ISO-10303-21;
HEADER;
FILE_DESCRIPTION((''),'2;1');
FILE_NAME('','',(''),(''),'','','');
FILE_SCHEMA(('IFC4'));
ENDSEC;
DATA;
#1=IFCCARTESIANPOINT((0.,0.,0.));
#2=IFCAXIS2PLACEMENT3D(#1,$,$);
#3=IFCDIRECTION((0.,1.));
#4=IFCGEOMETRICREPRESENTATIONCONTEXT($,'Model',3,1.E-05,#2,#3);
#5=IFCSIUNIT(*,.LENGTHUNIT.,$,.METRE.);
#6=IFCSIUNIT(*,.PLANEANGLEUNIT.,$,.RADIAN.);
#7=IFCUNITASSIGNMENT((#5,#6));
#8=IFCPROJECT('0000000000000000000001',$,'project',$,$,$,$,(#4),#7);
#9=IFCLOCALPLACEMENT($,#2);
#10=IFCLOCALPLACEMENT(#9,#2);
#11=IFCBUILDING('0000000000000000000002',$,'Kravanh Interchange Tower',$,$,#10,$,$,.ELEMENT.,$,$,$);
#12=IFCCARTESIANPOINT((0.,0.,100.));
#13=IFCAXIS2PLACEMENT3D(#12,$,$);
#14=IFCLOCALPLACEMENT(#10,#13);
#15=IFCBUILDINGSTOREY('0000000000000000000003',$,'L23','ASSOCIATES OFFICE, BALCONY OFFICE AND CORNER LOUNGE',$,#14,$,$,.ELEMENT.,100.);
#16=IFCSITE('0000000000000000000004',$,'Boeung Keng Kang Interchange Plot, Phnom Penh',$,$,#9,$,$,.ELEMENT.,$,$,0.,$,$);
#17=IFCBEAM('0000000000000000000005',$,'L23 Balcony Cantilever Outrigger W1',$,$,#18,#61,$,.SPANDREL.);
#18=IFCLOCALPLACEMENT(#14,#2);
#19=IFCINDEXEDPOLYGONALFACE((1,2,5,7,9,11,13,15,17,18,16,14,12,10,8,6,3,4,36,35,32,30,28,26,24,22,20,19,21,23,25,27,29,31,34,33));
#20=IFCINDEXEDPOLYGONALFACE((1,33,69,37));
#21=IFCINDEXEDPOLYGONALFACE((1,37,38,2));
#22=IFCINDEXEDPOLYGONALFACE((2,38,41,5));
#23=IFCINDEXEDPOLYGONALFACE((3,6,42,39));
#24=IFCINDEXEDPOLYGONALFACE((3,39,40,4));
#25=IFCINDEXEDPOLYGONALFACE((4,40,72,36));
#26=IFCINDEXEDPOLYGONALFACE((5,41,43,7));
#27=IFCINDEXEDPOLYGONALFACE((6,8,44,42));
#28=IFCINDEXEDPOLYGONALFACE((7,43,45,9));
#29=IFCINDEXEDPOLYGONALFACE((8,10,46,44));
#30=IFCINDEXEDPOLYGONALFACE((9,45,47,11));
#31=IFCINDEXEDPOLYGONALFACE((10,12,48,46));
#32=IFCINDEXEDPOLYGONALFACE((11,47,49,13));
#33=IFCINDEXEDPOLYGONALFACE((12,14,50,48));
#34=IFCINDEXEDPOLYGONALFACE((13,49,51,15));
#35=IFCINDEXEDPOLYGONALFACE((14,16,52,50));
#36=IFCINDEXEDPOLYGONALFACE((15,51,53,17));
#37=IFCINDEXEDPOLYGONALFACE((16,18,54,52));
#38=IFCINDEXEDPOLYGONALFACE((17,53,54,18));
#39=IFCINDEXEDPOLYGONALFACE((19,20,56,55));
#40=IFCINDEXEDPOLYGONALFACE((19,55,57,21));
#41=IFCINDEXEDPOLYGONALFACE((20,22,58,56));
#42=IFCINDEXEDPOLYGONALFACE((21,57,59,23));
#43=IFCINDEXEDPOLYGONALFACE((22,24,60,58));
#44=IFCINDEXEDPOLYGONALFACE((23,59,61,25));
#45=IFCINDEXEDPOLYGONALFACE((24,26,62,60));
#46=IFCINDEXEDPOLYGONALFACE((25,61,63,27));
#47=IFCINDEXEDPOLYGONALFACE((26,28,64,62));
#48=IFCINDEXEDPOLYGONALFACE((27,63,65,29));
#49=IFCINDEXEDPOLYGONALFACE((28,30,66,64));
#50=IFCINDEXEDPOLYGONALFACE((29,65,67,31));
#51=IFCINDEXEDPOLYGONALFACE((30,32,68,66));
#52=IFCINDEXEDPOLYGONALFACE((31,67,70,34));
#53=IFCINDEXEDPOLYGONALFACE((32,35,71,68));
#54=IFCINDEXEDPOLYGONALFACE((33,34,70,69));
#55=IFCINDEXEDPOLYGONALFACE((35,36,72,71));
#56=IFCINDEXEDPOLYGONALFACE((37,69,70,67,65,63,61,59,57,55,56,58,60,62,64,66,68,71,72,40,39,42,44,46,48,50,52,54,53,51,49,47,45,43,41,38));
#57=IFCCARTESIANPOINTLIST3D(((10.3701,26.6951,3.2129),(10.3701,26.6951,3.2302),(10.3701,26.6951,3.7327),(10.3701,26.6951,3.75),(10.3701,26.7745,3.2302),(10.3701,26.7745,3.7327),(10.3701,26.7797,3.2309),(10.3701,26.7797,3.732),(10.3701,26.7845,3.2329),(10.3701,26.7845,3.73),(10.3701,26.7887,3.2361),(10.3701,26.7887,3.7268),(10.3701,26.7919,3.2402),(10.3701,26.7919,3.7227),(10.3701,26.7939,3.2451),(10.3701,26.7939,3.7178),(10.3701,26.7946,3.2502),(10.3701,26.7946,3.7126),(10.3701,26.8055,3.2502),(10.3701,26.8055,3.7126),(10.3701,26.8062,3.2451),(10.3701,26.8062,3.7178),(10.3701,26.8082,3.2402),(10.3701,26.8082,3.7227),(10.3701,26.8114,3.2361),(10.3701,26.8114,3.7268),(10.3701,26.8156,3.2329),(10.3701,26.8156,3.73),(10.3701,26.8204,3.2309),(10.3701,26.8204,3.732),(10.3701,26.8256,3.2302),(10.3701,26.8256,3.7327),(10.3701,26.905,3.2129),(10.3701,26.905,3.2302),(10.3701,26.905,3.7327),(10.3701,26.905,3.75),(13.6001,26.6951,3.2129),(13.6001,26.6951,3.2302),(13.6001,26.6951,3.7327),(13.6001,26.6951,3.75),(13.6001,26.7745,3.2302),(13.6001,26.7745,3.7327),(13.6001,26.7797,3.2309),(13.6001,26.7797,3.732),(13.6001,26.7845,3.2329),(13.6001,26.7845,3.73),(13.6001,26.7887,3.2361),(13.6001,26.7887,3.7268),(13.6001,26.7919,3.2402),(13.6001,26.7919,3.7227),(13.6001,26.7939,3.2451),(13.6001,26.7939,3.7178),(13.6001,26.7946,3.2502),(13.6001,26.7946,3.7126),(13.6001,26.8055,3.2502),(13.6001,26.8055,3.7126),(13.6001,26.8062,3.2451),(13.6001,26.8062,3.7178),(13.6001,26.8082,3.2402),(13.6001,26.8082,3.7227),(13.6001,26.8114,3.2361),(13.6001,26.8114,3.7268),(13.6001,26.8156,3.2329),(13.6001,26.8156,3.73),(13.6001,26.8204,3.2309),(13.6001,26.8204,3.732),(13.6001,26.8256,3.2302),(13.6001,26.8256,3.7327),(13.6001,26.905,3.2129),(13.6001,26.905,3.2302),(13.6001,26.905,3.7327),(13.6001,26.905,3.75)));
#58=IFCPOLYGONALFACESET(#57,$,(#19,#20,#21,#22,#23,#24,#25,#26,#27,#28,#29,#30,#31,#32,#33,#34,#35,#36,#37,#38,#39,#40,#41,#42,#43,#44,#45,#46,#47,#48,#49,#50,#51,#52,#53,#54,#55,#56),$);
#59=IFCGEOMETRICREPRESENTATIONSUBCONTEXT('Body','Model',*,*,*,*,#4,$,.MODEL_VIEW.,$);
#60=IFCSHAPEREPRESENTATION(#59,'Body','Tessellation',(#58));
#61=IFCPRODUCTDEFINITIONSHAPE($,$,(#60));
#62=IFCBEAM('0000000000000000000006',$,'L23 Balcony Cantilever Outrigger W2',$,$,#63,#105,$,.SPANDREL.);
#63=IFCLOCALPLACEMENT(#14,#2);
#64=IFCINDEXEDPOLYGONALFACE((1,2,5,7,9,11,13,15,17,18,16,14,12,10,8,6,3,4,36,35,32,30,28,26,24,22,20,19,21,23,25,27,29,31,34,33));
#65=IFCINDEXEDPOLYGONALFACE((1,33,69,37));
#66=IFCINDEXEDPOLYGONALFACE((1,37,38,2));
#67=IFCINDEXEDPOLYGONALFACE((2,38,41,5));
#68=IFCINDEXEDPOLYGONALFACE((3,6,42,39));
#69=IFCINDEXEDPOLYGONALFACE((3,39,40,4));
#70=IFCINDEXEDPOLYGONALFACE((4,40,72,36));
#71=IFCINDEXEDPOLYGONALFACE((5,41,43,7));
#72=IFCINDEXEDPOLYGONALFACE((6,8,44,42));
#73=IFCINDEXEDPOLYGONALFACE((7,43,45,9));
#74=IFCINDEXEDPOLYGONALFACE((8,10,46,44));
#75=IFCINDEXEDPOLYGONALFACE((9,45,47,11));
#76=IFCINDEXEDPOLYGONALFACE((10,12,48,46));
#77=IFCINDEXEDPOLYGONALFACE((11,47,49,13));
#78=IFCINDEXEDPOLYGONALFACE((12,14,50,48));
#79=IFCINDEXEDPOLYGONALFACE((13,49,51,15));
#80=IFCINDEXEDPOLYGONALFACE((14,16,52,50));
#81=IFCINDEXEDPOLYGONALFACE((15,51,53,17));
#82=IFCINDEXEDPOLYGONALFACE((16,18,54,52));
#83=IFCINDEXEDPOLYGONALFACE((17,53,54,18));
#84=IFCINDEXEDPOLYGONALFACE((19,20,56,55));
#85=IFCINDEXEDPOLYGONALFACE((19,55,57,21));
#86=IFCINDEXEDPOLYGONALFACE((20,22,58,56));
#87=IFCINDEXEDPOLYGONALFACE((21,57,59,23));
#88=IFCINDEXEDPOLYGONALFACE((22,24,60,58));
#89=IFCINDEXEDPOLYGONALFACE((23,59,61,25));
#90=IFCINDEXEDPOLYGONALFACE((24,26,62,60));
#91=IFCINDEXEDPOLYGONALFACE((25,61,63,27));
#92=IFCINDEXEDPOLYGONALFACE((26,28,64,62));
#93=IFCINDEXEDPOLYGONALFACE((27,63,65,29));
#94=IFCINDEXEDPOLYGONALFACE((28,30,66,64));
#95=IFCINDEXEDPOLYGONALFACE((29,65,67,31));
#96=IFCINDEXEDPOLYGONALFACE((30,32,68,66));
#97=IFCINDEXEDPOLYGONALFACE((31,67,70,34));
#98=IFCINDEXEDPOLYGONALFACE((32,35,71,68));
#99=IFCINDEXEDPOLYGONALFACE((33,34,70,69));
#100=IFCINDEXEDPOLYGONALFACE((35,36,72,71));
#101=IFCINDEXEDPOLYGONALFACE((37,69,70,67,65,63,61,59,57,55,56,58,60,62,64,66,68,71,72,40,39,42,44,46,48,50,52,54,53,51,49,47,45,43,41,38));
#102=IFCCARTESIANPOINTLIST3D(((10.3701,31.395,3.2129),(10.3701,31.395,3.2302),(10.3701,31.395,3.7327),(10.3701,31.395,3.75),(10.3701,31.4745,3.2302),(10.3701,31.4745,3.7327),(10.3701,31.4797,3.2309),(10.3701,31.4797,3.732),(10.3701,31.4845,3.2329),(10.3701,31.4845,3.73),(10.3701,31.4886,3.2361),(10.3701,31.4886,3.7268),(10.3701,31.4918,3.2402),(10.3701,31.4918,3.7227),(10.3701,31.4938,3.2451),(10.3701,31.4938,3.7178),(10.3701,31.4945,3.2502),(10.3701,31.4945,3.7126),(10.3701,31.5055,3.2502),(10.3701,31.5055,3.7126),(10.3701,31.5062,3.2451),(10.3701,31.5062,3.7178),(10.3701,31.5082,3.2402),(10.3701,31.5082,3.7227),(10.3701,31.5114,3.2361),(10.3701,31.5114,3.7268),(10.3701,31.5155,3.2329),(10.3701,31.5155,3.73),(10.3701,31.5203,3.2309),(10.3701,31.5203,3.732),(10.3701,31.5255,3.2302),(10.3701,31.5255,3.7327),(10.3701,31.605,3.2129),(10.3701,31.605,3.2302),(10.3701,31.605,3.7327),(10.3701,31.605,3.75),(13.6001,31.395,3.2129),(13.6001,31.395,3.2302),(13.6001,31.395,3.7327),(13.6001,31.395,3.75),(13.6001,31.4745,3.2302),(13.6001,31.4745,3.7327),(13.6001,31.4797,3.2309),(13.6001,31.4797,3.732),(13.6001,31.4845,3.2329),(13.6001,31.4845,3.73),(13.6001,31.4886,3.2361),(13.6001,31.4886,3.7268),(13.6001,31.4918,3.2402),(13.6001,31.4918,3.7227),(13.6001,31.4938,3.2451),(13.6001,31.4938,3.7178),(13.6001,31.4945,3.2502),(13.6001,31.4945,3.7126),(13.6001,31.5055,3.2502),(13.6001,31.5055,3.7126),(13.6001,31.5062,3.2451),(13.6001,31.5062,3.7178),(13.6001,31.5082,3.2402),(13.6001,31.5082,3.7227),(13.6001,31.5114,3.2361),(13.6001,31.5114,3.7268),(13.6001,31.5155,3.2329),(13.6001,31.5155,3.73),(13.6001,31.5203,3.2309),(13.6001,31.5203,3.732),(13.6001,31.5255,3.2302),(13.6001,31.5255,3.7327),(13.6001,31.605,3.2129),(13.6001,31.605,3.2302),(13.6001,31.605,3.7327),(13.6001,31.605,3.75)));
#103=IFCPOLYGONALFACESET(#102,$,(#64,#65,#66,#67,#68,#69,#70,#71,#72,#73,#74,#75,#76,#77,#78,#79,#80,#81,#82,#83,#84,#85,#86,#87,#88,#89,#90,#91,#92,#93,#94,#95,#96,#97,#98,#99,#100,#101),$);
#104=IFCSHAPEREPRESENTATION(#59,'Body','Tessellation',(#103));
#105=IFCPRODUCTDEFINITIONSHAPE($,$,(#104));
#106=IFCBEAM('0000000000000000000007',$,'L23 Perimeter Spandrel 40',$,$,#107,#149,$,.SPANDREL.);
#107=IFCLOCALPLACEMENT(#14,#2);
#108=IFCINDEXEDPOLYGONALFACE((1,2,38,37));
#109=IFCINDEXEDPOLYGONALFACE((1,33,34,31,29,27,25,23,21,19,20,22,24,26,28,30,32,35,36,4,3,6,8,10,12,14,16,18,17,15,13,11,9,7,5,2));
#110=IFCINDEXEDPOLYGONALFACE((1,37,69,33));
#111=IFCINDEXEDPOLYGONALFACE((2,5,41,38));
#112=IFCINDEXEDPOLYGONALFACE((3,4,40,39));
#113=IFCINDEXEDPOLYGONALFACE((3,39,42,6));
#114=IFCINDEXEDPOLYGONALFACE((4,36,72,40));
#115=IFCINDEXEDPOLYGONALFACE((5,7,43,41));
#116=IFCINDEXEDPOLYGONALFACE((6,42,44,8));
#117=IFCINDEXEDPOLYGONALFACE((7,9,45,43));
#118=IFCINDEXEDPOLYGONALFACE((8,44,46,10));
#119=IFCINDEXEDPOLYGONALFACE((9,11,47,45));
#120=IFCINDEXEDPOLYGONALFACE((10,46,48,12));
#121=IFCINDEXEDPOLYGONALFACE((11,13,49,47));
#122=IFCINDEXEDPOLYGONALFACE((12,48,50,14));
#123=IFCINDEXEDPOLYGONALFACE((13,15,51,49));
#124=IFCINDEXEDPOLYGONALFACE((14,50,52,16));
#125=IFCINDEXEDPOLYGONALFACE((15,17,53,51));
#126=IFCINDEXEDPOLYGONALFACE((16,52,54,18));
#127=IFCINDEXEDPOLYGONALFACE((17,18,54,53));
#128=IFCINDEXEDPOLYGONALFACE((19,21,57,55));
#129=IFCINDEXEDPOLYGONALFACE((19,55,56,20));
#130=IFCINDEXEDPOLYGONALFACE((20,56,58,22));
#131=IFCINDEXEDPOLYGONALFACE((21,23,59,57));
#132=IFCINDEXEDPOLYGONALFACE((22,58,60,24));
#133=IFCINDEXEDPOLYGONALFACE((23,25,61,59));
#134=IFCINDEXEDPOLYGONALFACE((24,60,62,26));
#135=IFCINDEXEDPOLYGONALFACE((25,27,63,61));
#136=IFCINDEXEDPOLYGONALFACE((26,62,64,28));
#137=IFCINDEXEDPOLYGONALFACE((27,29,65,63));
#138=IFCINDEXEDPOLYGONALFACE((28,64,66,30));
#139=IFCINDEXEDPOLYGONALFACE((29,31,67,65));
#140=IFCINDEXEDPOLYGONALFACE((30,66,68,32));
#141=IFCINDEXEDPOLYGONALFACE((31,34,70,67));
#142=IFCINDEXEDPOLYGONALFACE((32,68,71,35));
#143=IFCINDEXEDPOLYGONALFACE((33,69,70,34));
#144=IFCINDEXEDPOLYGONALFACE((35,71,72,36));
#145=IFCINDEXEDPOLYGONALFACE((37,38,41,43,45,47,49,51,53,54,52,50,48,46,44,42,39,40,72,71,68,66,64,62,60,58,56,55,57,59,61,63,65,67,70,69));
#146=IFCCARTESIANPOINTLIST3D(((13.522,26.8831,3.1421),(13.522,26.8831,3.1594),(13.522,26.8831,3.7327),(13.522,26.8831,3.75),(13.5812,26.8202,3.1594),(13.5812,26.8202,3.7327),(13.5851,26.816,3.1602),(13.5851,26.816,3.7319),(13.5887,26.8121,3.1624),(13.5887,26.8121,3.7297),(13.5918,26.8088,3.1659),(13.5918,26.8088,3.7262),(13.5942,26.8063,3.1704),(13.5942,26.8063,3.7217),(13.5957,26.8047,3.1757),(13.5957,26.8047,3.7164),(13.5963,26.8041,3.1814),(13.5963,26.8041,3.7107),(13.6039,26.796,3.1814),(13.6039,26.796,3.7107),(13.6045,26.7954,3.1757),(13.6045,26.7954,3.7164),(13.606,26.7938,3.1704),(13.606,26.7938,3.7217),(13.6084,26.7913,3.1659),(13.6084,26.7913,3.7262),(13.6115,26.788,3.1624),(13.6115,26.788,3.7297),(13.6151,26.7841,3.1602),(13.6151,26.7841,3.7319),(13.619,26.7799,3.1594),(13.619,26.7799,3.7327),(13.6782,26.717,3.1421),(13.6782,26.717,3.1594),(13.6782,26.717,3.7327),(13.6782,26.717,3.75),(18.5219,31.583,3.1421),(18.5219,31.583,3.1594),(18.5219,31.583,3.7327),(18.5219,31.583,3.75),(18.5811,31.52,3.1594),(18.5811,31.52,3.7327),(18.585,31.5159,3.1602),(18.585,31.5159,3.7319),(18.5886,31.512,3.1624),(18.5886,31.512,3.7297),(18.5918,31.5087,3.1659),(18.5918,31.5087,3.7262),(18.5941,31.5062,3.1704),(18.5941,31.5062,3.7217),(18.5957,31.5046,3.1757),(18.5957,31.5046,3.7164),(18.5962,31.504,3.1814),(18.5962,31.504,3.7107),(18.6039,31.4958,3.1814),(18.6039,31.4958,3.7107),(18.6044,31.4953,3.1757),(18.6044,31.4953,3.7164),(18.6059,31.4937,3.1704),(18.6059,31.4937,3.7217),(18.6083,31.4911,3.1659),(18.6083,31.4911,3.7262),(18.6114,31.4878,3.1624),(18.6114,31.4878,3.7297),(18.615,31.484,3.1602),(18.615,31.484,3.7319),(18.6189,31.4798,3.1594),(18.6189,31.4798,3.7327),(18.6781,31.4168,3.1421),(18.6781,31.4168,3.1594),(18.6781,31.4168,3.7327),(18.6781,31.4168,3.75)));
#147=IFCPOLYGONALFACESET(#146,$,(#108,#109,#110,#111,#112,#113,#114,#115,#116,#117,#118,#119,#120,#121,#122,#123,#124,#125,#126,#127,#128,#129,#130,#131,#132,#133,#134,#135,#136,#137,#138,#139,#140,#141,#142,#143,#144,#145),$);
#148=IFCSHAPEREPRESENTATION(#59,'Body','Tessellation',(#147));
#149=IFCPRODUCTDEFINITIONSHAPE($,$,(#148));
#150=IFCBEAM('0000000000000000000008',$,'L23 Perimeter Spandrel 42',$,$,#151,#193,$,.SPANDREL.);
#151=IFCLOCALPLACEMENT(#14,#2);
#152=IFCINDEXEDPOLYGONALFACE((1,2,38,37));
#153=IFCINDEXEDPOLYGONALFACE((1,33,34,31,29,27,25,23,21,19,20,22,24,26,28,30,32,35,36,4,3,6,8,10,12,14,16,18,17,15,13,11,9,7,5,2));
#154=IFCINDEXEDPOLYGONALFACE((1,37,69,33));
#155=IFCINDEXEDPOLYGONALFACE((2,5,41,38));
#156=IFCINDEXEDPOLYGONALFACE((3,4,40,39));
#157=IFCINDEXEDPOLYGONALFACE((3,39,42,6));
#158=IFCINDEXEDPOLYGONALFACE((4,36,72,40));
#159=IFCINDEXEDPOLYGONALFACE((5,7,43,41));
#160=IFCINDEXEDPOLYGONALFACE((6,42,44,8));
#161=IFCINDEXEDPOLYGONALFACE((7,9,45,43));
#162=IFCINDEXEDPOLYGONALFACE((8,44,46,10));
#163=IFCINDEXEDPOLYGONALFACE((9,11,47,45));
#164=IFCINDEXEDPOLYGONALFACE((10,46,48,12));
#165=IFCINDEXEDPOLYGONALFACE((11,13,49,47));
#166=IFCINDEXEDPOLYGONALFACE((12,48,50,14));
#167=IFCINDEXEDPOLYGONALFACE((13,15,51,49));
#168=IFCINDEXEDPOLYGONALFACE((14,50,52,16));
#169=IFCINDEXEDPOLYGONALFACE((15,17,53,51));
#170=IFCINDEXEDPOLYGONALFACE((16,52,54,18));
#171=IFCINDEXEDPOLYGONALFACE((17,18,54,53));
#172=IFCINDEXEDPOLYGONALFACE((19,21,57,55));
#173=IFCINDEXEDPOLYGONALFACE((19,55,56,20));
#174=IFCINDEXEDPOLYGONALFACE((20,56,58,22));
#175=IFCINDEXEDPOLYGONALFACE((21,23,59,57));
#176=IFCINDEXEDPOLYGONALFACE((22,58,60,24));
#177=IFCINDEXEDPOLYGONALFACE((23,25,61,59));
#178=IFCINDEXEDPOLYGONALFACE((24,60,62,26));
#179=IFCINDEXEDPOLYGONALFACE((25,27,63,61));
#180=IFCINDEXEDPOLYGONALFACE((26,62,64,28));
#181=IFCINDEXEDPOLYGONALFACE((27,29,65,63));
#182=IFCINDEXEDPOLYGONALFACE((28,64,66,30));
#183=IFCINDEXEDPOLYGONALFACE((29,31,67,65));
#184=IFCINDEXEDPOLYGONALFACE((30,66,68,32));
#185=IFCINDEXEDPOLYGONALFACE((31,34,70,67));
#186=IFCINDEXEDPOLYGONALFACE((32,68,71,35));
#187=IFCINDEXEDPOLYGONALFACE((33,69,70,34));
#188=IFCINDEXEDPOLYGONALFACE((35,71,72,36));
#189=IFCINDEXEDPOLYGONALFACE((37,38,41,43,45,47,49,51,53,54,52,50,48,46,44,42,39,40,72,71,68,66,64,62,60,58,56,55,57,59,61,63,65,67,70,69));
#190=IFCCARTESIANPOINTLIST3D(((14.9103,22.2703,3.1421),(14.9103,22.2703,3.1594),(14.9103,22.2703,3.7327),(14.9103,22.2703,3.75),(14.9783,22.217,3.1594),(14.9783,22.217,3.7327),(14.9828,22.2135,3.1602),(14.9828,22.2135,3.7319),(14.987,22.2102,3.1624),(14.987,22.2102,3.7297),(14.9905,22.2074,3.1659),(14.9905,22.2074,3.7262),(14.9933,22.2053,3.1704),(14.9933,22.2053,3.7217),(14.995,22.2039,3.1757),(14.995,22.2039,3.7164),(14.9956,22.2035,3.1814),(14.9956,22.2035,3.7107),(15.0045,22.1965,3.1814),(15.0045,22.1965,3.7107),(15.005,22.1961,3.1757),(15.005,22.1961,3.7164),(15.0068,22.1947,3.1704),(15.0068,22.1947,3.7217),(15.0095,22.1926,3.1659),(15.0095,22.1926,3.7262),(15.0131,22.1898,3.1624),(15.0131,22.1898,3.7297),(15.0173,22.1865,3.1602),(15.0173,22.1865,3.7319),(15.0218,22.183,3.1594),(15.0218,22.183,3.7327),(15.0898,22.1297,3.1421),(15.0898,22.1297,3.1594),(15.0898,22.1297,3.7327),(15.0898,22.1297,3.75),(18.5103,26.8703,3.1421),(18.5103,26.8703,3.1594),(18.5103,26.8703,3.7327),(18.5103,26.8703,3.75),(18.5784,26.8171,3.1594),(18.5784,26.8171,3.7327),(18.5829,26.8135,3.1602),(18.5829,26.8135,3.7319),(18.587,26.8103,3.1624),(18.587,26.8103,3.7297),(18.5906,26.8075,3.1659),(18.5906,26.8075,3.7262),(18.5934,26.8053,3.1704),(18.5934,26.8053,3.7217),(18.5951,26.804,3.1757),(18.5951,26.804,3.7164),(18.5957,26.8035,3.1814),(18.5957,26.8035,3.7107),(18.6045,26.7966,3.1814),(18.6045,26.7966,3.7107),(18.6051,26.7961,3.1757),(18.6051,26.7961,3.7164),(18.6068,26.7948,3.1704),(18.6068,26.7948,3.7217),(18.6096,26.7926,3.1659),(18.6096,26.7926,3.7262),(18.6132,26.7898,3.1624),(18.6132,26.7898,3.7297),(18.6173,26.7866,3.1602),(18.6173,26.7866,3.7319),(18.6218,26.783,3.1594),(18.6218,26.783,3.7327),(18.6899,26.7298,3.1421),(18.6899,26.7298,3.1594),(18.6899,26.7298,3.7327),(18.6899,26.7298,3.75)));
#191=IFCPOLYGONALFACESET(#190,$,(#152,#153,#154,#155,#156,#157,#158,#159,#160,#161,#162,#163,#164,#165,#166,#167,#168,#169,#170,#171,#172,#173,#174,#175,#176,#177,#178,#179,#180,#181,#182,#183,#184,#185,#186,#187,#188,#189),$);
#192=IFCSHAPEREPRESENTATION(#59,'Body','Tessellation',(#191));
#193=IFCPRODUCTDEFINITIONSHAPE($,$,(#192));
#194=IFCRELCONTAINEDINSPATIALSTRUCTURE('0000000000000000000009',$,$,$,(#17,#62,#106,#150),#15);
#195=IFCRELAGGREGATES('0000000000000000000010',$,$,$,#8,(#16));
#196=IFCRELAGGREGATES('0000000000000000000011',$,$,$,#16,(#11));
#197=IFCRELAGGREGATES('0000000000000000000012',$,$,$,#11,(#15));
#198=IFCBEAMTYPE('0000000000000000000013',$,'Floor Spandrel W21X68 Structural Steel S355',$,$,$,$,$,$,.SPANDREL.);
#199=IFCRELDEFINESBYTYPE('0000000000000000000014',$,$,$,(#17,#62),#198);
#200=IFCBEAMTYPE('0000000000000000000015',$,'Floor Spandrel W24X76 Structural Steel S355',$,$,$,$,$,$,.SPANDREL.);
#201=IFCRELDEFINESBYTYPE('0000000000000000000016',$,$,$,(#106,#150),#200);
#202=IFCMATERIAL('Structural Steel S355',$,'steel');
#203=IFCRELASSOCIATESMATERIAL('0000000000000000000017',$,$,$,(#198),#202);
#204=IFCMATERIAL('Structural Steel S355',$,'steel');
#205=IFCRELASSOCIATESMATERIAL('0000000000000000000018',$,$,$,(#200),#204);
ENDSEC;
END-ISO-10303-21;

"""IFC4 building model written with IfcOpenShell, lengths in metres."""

from ifc_helpers import new_model, si_unit, direction, frame, origin, origin_2d, place, context, subcontext, project, spatial, i_section, extrude, material, material_profile, profile_set, type_object, element, save


model = new_model("IFC4")

# Units and contexts
model_context = context("Model", 3, precision=1e-05, world=origin(), true_north=direction((0.0, 1.0)))
body_context = subcontext(model_context, "Body", "Model", "MODEL_VIEW")
ifc_project = project(units=[si_unit("LENGTHUNIT", "METRE"), si_unit("PLANEANGLEUNIT", "RADIAN")], contexts=[model_context])

# Site, building, storey
site_placement = place(None, origin())
site = spatial("IfcSite", under=ifc_project, at=site_placement, Name="Boeung Keng Kang Interchange Plot, Phnom Penh", CompositionType="ELEMENT", RefElevation=0.0)
building_placement = place(site_placement, origin())
building = spatial("IfcBuilding", under=site, at=building_placement, Name="Kravanh Interchange Tower", CompositionType="ELEMENT")
storey_placement = place(building_placement, frame((0.0, 0.0, 100.0)))
storey = spatial("IfcBuildingStorey", under=building, at=storey_placement, Name="L23", Description="ASSOCIATES OFFICE, BALCONY OFFICE AND CORNER LOUNGE", CompositionType="ELEMENT", Elevation=100.0)

# Beams
ifc_material_1 = material(Name="Structural Steel S355", Category="steel")
ifc_material_profile_1 = material_profile(ifc_material_1, i_section(OverallWidth=0.21, OverallDepth=0.5371, WebThickness=0.011, FlangeThickness=0.0173, FilletRadius=0.02, at=origin_2d()), Name="W21X68")
ifc_profile_set_1 = profile_set([ifc_material_profile_1], Name="Structural Steel S355")
beam_type_1 = type_object("IfcBeamType", Name="Floor Spandrel W21X68 Structural Steel S355", PredefinedType="SPANDREL", material=ifc_profile_set_1)
for number, where, z_axis, x_axis, name in (
    (1, (13.6001, 26.8, 3.4814), (-1.0, 0.0, 0.0), (0.0, -1.0, 0.0), "L23 Balcony Cantilever Outrigger W1"),
    (2, (13.6001, 31.5, 3.4814), (-1.0, 0.0, 0.0), (0.0, -1.0, 0.0), "L23 Balcony Cantilever Outrigger W2"),
):
    element("IfcBeam", number, at=place(storey_placement, frame(where, z_axis=z_axis, x_axis=x_axis)), inside=storey, type_object=beam_type_1, Name=name, PredefinedType="SPANDREL", context=body_context, shape_type="SweptSolid", body=[
        extrude(i_section(OverallWidth=0.21, OverallDepth=0.5371, WebThickness=0.011, FlangeThickness=0.0173, FilletRadius=0.02, at=origin_2d()), origin(), (0.0, 0.0, 1.0), 3.23),
    ])
ifc_material_2 = material(Name="Structural Steel S355", Category="steel")
ifc_material_profile_2 = material_profile(ifc_material_2, i_section(OverallWidth=0.228, OverallDepth=0.6079, WebThickness=0.0112, FlangeThickness=0.0173, FilletRadius=0.022, at=origin_2d()), Name="W24X76")
ifc_profile_set_2 = profile_set([ifc_material_profile_2], Name="Structural Steel S355")
beam_type_2 = type_object("IfcBeamType", Name="Floor Spandrel W24X76 Structural Steel S355", PredefinedType="SPANDREL", material=ifc_profile_set_2)
beam_1_placement = place(storey_placement, frame((13.6001, 26.8, 3.446), z_axis=(0.728631, 0.684906, 0.0), x_axis=(-0.684906, 0.728631, 0.0)))
element("IfcBeam", 3, at=beam_1_placement, inside=storey, type_object=beam_type_2, Name="L23 Perimeter Spandrel 40", PredefinedType="SPANDREL", context=body_context, shape_type="SweptSolid", body=[
    extrude(i_section(OverallWidth=0.228, OverallDepth=0.6079, WebThickness=0.0112, FlangeThickness=0.0173, FilletRadius=0.022, at=origin_2d()), origin(), (0.0, 0.0, 1.0), 6.8621),
])
beam_2_placement = place(storey_placement, frame((18.6001, 26.8, 3.446), z_axis=(-0.616311, -0.787503, 0.0), x_axis=(0.787503, -0.616311, 0.0)))
element("IfcBeam", 4, at=beam_2_placement, inside=storey, type_object=beam_type_2, Name="L23 Perimeter Spandrel 42", PredefinedType="SPANDREL", context=body_context, shape_type="SweptSolid", body=[
    extrude(i_section(OverallWidth=0.228, OverallDepth=0.6079, WebThickness=0.0112, FlangeThickness=0.0173, FilletRadius=0.022, at=origin_2d()), origin(), (0.0, 0.0, 1.0), 5.8413),
])

save(model, "model.ifc")
